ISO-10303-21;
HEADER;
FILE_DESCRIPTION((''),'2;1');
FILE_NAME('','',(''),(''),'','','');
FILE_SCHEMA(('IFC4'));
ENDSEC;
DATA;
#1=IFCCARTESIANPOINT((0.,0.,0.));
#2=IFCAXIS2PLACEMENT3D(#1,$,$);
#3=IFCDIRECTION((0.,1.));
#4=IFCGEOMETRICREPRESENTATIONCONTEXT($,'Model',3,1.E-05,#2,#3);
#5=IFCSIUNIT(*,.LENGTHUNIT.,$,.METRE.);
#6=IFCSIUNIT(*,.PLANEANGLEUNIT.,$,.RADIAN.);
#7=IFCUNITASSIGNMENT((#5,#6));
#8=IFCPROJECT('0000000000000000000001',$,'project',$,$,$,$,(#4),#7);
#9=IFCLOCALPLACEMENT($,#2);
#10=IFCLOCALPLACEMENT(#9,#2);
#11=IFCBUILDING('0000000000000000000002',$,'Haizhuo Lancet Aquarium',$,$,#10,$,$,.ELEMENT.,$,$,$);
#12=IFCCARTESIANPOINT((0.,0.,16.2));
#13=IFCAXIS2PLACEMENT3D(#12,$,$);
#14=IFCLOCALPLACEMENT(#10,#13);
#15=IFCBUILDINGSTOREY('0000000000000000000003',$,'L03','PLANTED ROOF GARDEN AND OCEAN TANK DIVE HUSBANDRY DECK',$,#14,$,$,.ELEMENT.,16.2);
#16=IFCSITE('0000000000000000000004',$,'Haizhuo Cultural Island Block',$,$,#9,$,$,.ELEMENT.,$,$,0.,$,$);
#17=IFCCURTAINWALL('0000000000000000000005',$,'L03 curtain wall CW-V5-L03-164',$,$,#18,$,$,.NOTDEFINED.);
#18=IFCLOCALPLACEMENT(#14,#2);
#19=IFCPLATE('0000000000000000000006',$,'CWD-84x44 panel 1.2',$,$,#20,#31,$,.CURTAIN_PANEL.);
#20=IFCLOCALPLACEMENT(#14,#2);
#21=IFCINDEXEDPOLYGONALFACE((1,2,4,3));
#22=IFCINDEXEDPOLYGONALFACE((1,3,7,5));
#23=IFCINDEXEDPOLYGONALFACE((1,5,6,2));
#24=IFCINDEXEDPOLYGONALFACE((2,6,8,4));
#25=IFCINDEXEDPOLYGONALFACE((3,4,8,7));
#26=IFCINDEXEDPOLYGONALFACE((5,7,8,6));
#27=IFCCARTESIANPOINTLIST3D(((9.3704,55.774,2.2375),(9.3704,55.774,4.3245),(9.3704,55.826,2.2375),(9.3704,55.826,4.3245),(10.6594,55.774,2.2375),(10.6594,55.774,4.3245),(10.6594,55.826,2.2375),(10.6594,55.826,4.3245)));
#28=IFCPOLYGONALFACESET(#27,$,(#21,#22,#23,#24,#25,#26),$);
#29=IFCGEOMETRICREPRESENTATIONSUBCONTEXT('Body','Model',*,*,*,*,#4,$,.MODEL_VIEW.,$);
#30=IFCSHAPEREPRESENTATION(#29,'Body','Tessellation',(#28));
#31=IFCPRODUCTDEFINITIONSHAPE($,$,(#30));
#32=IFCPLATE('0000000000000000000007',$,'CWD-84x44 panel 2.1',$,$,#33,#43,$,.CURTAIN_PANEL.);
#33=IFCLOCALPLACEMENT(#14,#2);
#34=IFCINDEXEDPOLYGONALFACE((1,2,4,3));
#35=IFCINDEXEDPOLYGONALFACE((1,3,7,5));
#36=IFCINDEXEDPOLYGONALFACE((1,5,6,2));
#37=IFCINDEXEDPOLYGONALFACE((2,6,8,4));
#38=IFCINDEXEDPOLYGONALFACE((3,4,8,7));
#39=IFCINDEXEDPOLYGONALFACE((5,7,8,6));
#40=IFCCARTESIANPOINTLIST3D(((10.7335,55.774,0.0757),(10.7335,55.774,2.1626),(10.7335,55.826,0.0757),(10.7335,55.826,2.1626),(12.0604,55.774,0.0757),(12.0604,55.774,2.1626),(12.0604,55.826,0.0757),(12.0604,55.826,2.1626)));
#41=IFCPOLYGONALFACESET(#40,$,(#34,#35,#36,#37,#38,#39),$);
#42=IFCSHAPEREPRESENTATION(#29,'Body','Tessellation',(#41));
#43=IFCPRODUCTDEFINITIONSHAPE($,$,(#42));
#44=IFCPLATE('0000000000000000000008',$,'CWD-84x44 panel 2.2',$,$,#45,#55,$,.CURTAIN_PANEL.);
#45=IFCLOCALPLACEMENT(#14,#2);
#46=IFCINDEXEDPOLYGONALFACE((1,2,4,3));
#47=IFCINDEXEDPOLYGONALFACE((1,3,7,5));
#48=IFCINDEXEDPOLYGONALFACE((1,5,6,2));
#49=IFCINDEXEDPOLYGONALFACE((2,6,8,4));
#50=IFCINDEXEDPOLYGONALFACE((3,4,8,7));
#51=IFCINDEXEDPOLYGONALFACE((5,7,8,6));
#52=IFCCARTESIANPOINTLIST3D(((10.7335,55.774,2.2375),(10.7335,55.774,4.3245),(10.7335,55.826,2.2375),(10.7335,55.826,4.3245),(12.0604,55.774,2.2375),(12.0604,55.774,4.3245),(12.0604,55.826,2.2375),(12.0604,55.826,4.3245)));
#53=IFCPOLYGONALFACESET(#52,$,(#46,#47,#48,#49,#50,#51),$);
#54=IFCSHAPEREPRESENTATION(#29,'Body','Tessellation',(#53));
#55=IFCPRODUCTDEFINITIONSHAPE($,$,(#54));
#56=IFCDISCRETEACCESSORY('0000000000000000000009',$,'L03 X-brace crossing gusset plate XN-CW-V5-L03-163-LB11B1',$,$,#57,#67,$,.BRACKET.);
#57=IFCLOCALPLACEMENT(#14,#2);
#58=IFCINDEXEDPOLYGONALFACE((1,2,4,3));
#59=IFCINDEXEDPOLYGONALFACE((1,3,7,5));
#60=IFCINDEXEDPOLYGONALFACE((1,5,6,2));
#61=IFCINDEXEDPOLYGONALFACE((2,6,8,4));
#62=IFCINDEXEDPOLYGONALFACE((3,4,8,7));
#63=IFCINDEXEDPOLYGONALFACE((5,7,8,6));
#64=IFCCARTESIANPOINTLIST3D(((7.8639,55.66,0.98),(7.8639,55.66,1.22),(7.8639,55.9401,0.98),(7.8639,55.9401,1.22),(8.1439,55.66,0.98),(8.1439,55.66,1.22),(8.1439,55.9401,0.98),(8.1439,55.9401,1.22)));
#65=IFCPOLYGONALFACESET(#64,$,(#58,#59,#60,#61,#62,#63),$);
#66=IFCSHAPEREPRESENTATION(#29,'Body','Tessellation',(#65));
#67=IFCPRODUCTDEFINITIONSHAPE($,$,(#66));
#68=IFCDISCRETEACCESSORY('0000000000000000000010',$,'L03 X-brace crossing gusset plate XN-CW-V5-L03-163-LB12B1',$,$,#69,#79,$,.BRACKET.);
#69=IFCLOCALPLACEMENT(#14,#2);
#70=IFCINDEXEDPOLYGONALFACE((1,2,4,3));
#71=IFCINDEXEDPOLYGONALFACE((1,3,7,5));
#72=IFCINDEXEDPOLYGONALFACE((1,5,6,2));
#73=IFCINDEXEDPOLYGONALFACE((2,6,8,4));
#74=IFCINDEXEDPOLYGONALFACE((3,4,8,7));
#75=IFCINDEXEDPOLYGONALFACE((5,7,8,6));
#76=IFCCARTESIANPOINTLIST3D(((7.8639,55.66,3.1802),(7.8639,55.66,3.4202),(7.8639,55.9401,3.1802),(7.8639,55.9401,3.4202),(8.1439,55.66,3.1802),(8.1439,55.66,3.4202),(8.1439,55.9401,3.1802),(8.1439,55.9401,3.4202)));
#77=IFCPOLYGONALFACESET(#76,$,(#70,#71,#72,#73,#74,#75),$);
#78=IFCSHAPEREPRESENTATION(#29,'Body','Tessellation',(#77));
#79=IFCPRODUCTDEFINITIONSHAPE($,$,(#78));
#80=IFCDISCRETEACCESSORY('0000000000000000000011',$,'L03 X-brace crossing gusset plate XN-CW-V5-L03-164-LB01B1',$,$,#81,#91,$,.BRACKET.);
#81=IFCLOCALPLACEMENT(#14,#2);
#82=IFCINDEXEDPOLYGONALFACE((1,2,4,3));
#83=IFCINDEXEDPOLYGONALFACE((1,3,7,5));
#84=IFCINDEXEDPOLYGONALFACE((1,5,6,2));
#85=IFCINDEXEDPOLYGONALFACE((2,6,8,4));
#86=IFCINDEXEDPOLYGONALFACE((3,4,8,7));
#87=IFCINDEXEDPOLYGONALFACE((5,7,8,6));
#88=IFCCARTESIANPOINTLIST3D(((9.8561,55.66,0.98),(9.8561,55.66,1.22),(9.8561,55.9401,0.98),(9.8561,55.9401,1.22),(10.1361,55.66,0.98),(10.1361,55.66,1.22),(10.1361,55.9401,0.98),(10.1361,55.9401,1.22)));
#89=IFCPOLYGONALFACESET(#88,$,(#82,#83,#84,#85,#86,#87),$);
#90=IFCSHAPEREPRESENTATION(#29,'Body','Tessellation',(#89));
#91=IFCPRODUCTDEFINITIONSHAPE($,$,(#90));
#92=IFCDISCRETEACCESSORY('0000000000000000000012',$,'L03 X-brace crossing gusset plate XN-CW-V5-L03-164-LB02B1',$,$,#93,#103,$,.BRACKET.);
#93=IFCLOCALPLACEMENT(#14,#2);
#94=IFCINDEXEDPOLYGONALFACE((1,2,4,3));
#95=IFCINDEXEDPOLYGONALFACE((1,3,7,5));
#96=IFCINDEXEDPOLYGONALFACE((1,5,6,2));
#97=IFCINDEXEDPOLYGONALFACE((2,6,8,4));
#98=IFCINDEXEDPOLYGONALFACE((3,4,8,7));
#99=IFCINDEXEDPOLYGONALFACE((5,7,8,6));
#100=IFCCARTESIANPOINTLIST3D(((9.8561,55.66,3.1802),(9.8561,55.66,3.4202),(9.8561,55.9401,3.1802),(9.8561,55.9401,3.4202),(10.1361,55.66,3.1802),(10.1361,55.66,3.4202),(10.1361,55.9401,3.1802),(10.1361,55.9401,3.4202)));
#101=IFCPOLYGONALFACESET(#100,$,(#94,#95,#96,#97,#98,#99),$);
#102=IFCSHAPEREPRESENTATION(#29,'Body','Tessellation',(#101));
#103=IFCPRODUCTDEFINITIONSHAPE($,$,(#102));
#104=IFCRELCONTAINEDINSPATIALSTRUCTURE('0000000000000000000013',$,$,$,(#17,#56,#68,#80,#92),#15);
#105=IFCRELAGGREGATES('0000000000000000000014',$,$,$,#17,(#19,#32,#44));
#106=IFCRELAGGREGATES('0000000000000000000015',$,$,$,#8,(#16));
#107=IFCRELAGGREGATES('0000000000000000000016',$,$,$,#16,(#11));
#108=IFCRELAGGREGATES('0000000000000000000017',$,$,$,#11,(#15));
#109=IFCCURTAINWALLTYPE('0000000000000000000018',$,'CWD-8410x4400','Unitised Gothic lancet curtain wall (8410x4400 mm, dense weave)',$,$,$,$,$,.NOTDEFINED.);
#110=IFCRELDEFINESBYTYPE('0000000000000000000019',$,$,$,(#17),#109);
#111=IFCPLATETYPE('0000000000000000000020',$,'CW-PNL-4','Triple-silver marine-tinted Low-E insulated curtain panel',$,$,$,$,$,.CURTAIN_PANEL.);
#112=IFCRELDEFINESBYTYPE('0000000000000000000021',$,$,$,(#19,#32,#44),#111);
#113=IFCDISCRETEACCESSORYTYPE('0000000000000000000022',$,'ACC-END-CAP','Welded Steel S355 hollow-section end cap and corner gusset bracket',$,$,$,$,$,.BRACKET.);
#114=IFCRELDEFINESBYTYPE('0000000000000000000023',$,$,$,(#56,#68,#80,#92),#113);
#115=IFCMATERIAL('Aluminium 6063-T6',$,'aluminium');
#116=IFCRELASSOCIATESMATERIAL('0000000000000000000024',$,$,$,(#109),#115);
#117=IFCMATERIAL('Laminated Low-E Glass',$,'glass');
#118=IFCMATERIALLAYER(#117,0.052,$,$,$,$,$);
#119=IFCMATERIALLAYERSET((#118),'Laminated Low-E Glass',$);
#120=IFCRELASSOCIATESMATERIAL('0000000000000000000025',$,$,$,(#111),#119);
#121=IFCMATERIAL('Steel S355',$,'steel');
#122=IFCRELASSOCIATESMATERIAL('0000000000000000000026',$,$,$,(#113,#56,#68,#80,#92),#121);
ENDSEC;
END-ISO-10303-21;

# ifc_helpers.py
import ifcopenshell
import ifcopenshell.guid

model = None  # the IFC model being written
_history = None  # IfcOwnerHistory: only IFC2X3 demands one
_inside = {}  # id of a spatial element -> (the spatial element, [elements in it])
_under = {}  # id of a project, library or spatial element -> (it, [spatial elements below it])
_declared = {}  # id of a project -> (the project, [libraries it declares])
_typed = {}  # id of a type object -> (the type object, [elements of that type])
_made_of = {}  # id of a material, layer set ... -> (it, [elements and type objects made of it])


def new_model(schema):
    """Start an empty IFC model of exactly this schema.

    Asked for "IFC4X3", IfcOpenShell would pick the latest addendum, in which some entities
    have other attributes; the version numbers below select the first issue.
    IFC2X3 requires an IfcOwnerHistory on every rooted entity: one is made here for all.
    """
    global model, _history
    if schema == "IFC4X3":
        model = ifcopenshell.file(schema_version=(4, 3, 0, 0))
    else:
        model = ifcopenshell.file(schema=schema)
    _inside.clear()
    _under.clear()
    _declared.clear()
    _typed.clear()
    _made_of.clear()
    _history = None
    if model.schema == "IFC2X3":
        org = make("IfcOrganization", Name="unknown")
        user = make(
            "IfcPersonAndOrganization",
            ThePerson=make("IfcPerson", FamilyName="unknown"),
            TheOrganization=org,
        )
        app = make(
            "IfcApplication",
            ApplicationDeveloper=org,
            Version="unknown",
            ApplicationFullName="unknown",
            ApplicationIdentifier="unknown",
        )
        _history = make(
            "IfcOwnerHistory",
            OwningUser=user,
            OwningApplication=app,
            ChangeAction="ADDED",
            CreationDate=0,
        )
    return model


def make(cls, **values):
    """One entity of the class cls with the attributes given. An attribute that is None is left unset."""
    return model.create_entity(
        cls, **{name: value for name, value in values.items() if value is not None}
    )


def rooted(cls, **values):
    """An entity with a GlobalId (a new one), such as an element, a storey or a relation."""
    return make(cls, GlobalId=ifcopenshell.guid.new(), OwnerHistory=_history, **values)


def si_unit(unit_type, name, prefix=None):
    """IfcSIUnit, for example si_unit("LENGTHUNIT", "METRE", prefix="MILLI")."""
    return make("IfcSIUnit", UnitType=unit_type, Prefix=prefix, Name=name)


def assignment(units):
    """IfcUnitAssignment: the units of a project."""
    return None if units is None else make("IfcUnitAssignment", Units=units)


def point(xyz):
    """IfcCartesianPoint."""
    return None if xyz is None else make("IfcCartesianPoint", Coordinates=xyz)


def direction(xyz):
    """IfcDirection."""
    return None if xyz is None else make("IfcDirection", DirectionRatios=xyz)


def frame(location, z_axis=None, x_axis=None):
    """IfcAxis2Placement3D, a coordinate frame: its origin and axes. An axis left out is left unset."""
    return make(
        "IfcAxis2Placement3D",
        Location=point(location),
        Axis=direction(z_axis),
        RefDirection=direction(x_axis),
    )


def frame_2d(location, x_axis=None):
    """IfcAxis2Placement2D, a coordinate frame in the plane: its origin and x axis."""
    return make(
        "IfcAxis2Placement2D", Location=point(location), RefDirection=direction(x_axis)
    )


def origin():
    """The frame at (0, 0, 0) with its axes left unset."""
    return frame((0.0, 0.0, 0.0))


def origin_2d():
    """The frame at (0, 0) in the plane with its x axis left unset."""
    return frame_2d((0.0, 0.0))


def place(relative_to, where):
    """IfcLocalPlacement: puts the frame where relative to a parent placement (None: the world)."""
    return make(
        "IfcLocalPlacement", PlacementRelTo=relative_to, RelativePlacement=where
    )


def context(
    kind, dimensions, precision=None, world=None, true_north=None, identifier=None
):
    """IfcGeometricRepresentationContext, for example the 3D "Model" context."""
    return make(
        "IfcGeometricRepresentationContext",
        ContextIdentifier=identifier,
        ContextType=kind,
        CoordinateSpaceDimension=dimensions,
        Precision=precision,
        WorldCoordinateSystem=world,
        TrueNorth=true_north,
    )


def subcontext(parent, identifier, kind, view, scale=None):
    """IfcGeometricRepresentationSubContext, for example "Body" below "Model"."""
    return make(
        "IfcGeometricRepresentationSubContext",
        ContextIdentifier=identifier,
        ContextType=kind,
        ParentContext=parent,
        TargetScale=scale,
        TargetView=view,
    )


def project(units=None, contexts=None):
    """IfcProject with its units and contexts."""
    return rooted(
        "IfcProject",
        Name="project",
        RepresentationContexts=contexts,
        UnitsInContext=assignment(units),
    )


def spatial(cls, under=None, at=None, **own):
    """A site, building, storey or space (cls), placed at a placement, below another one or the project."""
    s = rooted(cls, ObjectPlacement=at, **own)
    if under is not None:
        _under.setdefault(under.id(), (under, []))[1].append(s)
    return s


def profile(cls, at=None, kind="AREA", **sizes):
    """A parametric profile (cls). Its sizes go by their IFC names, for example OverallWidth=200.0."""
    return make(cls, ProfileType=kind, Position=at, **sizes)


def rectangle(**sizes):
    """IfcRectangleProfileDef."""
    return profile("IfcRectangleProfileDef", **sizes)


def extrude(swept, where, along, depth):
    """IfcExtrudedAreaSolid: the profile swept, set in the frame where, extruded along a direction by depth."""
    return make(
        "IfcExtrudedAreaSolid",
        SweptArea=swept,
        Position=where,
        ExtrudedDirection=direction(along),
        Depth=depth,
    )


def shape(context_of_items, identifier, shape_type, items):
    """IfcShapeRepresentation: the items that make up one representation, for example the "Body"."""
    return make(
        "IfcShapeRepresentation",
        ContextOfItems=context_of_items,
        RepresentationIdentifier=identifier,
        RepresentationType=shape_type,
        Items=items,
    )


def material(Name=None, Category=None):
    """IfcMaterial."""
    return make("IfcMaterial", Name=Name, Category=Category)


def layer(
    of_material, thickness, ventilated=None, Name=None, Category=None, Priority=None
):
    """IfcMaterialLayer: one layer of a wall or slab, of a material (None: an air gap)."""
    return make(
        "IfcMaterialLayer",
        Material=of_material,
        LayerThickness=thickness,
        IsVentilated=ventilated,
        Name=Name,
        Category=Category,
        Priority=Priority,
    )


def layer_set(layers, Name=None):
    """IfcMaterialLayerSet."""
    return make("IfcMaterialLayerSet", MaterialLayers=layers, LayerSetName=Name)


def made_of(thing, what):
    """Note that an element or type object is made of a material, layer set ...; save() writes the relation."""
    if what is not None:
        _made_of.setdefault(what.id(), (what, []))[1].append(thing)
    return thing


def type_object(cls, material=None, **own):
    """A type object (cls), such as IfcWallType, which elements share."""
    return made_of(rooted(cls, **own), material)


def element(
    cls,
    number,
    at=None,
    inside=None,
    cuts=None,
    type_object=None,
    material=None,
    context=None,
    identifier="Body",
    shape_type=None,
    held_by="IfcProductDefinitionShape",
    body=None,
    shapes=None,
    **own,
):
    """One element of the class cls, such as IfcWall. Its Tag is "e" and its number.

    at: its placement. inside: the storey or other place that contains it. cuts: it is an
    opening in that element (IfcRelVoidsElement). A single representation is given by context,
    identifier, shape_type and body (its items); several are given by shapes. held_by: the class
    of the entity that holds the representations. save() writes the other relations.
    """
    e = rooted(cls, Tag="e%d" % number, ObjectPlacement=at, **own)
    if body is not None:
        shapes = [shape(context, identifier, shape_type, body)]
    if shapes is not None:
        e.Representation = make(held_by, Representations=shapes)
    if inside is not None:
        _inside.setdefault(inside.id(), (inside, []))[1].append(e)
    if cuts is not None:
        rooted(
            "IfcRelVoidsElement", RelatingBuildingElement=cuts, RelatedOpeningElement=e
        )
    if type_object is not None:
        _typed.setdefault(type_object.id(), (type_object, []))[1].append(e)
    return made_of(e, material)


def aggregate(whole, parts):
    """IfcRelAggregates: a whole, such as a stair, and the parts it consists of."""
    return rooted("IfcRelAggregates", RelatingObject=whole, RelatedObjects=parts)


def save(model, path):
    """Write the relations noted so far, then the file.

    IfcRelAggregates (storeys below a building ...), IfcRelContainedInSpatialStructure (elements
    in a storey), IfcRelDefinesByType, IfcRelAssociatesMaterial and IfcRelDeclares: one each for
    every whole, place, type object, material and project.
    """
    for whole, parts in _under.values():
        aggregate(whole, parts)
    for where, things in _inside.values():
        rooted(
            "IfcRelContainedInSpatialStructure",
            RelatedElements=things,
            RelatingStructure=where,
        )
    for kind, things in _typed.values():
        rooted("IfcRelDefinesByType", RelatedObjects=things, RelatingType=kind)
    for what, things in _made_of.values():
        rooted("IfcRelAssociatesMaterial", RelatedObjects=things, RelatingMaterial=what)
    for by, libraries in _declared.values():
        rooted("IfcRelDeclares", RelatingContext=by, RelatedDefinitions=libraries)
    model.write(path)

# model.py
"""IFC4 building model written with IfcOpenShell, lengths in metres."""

from ifc_helpers import new_model, si_unit, direction, frame, origin, origin_2d, place, context, subcontext, project, spatial, rectangle, extrude, material, layer, layer_set, type_object, element, aggregate, save


model = new_model("IFC4")

# Units and contexts
model_context = context("Model", 3, precision=1e-05, world=origin(), true_north=direction((0.0, 1.0)))
body_context = subcontext(model_context, "Body", "Model", "MODEL_VIEW")
ifc_project = project(units=[si_unit("LENGTHUNIT", "METRE"), si_unit("PLANEANGLEUNIT", "RADIAN")], contexts=[model_context])

# Site, building, storey
site_placement = place(None, origin())
site = spatial("IfcSite", under=ifc_project, at=site_placement, Name="Haizhuo Cultural Island Block", CompositionType="ELEMENT", RefElevation=0.0)
building_placement = place(site_placement, origin())
building = spatial("IfcBuilding", under=site, at=building_placement, Name="Haizhuo Lancet Aquarium", CompositionType="ELEMENT")
storey_placement = place(building_placement, frame((0.0, 0.0, 16.2)))
storey = spatial("IfcBuildingStorey", under=building, at=storey_placement, Name="L03", Description="PLANTED ROOF GARDEN AND OCEAN TANK DIVE HUSBANDRY DECK", CompositionType="ELEMENT", Elevation=16.2)

# Shared definitions
ifc_material_1 = material(Name="Aluminium 6063-T6", Category="aluminium")
curtain_wall_type = type_object("IfcCurtainWallType", Name="CWD-8410x4400", Description="Unitised Gothic lancet curtain wall (8410x4400 mm, dense weave)", PredefinedType="NOTDEFINED", material=ifc_material_1)

# Curtain wall
curtain_wall_1_placement = place(storey_placement, origin())
curtain_wall_1 = element("IfcCurtainWall", 1, at=curtain_wall_1_placement, inside=storey, type_object=curtain_wall_type, Name="L03 curtain wall CW-V5-L03-164", PredefinedType="NOTDEFINED")

# Shared definitions
ifc_material_2 = material(Name="Steel S355", Category="steel")

# Plates
ifc_material_3 = material(Name="Laminated Low-E Glass", Category="glass")
ifc_layer = layer(ifc_material_3, 0.052)
ifc_layer_set = layer_set([ifc_layer], Name="Laminated Low-E Glass")
plate_type = type_object("IfcPlateType", Name="CW-PNL-4", Description="Triple-silver marine-tinted Low-E insulated curtain panel", PredefinedType="CURTAIN_PANEL", material=ifc_layer_set)
plate_1_placement = place(storey_placement, frame((10.0149, 55.8, 2.2375), z_axis=(0.0, 0.0, 1.0), x_axis=(1.0, 0.0, 0.0)))
plate_1 = element("IfcPlate", 2, at=plate_1_placement, type_object=plate_type, Name="CWD-84x44 panel 1.2", PredefinedType="CURTAIN_PANEL", context=body_context, shape_type="SweptSolid", body=[
    extrude(rectangle(XDim=1.2891, YDim=0.052, at=origin_2d()), origin(), (0.0, 0.0, 1.0), 2.0869),
])
plate_2_placement = place(storey_placement, frame((11.397, 55.8, 0.0757), z_axis=(0.0, 0.0, 1.0), x_axis=(1.0, 0.0, 0.0)))
plate_2 = element("IfcPlate", 3, at=plate_2_placement, type_object=plate_type, Name="CWD-84x44 panel 2.1", PredefinedType="CURTAIN_PANEL", context=body_context, shape_type="SweptSolid", body=[
    extrude(rectangle(XDim=1.3269, YDim=0.052, at=origin_2d()), origin(), (0.0, 0.0, 1.0), 2.0869),
])
plate_3_placement = place(storey_placement, frame((11.397, 55.8, 2.2375), z_axis=(0.0, 0.0, 1.0), x_axis=(1.0, 0.0, 0.0)))
plate_3 = element("IfcPlate", 4, at=plate_3_placement, type_object=plate_type, Name="CWD-84x44 panel 2.2", PredefinedType="CURTAIN_PANEL", context=body_context, shape_type="SweptSolid", body=[
    extrude(rectangle(XDim=1.3269, YDim=0.052, at=origin_2d()), origin(), (0.0, 0.0, 1.0), 2.0869),
])
aggregate(curtain_wall_1, [plate_1, plate_2, plate_3])

# Discrete accessories
discrete_accessory_type = type_object("IfcDiscreteAccessoryType", Name="ACC-END-CAP", Description="Welded Steel S355 hollow-section end cap and corner gusset bracket", PredefinedType="BRACKET", material=ifc_material_2)
for number, where, z_axis, x_axis, name in (
    (5, (8.0039, 55.8, 0.98), (0.0, 0.0, 1.0), (1.0, 0.0, 0.0), "L03 X-brace crossing gusset plate XN-CW-V5-L03-163-LB11B1"),
    (6, (8.0039, 55.8, 3.1802), (0.0, 0.0, 1.0), (1.0, 0.0, 0.0), "L03 X-brace crossing gusset plate XN-CW-V5-L03-163-LB12B1"),
    (7, (9.9961, 55.8, 0.98), (0.0, 0.0, 1.0), (1.0, 0.0, 0.0), "L03 X-brace crossing gusset plate XN-CW-V5-L03-164-LB01B1"),
    (8, (9.9961, 55.8, 3.1802), (0.0, 0.0, 1.0), (1.0, 0.0, 0.0), "L03 X-brace crossing gusset plate XN-CW-V5-L03-164-LB02B1"),
):
    element("IfcDiscreteAccessory", number, at=place(storey_placement, frame(where, z_axis=z_axis, x_axis=x_axis)), inside=storey, type_object=discrete_accessory_type, material=ifc_material_2, Name=name, PredefinedType="BRACKET", context=body_context, shape_type="SweptSolid", body=[
        extrude(rectangle(XDim=0.28, YDim=0.28, at=origin_2d()), origin(), (0.0, 0.0, 1.0), 0.24),
    ])

save(model, "model.ifc")
